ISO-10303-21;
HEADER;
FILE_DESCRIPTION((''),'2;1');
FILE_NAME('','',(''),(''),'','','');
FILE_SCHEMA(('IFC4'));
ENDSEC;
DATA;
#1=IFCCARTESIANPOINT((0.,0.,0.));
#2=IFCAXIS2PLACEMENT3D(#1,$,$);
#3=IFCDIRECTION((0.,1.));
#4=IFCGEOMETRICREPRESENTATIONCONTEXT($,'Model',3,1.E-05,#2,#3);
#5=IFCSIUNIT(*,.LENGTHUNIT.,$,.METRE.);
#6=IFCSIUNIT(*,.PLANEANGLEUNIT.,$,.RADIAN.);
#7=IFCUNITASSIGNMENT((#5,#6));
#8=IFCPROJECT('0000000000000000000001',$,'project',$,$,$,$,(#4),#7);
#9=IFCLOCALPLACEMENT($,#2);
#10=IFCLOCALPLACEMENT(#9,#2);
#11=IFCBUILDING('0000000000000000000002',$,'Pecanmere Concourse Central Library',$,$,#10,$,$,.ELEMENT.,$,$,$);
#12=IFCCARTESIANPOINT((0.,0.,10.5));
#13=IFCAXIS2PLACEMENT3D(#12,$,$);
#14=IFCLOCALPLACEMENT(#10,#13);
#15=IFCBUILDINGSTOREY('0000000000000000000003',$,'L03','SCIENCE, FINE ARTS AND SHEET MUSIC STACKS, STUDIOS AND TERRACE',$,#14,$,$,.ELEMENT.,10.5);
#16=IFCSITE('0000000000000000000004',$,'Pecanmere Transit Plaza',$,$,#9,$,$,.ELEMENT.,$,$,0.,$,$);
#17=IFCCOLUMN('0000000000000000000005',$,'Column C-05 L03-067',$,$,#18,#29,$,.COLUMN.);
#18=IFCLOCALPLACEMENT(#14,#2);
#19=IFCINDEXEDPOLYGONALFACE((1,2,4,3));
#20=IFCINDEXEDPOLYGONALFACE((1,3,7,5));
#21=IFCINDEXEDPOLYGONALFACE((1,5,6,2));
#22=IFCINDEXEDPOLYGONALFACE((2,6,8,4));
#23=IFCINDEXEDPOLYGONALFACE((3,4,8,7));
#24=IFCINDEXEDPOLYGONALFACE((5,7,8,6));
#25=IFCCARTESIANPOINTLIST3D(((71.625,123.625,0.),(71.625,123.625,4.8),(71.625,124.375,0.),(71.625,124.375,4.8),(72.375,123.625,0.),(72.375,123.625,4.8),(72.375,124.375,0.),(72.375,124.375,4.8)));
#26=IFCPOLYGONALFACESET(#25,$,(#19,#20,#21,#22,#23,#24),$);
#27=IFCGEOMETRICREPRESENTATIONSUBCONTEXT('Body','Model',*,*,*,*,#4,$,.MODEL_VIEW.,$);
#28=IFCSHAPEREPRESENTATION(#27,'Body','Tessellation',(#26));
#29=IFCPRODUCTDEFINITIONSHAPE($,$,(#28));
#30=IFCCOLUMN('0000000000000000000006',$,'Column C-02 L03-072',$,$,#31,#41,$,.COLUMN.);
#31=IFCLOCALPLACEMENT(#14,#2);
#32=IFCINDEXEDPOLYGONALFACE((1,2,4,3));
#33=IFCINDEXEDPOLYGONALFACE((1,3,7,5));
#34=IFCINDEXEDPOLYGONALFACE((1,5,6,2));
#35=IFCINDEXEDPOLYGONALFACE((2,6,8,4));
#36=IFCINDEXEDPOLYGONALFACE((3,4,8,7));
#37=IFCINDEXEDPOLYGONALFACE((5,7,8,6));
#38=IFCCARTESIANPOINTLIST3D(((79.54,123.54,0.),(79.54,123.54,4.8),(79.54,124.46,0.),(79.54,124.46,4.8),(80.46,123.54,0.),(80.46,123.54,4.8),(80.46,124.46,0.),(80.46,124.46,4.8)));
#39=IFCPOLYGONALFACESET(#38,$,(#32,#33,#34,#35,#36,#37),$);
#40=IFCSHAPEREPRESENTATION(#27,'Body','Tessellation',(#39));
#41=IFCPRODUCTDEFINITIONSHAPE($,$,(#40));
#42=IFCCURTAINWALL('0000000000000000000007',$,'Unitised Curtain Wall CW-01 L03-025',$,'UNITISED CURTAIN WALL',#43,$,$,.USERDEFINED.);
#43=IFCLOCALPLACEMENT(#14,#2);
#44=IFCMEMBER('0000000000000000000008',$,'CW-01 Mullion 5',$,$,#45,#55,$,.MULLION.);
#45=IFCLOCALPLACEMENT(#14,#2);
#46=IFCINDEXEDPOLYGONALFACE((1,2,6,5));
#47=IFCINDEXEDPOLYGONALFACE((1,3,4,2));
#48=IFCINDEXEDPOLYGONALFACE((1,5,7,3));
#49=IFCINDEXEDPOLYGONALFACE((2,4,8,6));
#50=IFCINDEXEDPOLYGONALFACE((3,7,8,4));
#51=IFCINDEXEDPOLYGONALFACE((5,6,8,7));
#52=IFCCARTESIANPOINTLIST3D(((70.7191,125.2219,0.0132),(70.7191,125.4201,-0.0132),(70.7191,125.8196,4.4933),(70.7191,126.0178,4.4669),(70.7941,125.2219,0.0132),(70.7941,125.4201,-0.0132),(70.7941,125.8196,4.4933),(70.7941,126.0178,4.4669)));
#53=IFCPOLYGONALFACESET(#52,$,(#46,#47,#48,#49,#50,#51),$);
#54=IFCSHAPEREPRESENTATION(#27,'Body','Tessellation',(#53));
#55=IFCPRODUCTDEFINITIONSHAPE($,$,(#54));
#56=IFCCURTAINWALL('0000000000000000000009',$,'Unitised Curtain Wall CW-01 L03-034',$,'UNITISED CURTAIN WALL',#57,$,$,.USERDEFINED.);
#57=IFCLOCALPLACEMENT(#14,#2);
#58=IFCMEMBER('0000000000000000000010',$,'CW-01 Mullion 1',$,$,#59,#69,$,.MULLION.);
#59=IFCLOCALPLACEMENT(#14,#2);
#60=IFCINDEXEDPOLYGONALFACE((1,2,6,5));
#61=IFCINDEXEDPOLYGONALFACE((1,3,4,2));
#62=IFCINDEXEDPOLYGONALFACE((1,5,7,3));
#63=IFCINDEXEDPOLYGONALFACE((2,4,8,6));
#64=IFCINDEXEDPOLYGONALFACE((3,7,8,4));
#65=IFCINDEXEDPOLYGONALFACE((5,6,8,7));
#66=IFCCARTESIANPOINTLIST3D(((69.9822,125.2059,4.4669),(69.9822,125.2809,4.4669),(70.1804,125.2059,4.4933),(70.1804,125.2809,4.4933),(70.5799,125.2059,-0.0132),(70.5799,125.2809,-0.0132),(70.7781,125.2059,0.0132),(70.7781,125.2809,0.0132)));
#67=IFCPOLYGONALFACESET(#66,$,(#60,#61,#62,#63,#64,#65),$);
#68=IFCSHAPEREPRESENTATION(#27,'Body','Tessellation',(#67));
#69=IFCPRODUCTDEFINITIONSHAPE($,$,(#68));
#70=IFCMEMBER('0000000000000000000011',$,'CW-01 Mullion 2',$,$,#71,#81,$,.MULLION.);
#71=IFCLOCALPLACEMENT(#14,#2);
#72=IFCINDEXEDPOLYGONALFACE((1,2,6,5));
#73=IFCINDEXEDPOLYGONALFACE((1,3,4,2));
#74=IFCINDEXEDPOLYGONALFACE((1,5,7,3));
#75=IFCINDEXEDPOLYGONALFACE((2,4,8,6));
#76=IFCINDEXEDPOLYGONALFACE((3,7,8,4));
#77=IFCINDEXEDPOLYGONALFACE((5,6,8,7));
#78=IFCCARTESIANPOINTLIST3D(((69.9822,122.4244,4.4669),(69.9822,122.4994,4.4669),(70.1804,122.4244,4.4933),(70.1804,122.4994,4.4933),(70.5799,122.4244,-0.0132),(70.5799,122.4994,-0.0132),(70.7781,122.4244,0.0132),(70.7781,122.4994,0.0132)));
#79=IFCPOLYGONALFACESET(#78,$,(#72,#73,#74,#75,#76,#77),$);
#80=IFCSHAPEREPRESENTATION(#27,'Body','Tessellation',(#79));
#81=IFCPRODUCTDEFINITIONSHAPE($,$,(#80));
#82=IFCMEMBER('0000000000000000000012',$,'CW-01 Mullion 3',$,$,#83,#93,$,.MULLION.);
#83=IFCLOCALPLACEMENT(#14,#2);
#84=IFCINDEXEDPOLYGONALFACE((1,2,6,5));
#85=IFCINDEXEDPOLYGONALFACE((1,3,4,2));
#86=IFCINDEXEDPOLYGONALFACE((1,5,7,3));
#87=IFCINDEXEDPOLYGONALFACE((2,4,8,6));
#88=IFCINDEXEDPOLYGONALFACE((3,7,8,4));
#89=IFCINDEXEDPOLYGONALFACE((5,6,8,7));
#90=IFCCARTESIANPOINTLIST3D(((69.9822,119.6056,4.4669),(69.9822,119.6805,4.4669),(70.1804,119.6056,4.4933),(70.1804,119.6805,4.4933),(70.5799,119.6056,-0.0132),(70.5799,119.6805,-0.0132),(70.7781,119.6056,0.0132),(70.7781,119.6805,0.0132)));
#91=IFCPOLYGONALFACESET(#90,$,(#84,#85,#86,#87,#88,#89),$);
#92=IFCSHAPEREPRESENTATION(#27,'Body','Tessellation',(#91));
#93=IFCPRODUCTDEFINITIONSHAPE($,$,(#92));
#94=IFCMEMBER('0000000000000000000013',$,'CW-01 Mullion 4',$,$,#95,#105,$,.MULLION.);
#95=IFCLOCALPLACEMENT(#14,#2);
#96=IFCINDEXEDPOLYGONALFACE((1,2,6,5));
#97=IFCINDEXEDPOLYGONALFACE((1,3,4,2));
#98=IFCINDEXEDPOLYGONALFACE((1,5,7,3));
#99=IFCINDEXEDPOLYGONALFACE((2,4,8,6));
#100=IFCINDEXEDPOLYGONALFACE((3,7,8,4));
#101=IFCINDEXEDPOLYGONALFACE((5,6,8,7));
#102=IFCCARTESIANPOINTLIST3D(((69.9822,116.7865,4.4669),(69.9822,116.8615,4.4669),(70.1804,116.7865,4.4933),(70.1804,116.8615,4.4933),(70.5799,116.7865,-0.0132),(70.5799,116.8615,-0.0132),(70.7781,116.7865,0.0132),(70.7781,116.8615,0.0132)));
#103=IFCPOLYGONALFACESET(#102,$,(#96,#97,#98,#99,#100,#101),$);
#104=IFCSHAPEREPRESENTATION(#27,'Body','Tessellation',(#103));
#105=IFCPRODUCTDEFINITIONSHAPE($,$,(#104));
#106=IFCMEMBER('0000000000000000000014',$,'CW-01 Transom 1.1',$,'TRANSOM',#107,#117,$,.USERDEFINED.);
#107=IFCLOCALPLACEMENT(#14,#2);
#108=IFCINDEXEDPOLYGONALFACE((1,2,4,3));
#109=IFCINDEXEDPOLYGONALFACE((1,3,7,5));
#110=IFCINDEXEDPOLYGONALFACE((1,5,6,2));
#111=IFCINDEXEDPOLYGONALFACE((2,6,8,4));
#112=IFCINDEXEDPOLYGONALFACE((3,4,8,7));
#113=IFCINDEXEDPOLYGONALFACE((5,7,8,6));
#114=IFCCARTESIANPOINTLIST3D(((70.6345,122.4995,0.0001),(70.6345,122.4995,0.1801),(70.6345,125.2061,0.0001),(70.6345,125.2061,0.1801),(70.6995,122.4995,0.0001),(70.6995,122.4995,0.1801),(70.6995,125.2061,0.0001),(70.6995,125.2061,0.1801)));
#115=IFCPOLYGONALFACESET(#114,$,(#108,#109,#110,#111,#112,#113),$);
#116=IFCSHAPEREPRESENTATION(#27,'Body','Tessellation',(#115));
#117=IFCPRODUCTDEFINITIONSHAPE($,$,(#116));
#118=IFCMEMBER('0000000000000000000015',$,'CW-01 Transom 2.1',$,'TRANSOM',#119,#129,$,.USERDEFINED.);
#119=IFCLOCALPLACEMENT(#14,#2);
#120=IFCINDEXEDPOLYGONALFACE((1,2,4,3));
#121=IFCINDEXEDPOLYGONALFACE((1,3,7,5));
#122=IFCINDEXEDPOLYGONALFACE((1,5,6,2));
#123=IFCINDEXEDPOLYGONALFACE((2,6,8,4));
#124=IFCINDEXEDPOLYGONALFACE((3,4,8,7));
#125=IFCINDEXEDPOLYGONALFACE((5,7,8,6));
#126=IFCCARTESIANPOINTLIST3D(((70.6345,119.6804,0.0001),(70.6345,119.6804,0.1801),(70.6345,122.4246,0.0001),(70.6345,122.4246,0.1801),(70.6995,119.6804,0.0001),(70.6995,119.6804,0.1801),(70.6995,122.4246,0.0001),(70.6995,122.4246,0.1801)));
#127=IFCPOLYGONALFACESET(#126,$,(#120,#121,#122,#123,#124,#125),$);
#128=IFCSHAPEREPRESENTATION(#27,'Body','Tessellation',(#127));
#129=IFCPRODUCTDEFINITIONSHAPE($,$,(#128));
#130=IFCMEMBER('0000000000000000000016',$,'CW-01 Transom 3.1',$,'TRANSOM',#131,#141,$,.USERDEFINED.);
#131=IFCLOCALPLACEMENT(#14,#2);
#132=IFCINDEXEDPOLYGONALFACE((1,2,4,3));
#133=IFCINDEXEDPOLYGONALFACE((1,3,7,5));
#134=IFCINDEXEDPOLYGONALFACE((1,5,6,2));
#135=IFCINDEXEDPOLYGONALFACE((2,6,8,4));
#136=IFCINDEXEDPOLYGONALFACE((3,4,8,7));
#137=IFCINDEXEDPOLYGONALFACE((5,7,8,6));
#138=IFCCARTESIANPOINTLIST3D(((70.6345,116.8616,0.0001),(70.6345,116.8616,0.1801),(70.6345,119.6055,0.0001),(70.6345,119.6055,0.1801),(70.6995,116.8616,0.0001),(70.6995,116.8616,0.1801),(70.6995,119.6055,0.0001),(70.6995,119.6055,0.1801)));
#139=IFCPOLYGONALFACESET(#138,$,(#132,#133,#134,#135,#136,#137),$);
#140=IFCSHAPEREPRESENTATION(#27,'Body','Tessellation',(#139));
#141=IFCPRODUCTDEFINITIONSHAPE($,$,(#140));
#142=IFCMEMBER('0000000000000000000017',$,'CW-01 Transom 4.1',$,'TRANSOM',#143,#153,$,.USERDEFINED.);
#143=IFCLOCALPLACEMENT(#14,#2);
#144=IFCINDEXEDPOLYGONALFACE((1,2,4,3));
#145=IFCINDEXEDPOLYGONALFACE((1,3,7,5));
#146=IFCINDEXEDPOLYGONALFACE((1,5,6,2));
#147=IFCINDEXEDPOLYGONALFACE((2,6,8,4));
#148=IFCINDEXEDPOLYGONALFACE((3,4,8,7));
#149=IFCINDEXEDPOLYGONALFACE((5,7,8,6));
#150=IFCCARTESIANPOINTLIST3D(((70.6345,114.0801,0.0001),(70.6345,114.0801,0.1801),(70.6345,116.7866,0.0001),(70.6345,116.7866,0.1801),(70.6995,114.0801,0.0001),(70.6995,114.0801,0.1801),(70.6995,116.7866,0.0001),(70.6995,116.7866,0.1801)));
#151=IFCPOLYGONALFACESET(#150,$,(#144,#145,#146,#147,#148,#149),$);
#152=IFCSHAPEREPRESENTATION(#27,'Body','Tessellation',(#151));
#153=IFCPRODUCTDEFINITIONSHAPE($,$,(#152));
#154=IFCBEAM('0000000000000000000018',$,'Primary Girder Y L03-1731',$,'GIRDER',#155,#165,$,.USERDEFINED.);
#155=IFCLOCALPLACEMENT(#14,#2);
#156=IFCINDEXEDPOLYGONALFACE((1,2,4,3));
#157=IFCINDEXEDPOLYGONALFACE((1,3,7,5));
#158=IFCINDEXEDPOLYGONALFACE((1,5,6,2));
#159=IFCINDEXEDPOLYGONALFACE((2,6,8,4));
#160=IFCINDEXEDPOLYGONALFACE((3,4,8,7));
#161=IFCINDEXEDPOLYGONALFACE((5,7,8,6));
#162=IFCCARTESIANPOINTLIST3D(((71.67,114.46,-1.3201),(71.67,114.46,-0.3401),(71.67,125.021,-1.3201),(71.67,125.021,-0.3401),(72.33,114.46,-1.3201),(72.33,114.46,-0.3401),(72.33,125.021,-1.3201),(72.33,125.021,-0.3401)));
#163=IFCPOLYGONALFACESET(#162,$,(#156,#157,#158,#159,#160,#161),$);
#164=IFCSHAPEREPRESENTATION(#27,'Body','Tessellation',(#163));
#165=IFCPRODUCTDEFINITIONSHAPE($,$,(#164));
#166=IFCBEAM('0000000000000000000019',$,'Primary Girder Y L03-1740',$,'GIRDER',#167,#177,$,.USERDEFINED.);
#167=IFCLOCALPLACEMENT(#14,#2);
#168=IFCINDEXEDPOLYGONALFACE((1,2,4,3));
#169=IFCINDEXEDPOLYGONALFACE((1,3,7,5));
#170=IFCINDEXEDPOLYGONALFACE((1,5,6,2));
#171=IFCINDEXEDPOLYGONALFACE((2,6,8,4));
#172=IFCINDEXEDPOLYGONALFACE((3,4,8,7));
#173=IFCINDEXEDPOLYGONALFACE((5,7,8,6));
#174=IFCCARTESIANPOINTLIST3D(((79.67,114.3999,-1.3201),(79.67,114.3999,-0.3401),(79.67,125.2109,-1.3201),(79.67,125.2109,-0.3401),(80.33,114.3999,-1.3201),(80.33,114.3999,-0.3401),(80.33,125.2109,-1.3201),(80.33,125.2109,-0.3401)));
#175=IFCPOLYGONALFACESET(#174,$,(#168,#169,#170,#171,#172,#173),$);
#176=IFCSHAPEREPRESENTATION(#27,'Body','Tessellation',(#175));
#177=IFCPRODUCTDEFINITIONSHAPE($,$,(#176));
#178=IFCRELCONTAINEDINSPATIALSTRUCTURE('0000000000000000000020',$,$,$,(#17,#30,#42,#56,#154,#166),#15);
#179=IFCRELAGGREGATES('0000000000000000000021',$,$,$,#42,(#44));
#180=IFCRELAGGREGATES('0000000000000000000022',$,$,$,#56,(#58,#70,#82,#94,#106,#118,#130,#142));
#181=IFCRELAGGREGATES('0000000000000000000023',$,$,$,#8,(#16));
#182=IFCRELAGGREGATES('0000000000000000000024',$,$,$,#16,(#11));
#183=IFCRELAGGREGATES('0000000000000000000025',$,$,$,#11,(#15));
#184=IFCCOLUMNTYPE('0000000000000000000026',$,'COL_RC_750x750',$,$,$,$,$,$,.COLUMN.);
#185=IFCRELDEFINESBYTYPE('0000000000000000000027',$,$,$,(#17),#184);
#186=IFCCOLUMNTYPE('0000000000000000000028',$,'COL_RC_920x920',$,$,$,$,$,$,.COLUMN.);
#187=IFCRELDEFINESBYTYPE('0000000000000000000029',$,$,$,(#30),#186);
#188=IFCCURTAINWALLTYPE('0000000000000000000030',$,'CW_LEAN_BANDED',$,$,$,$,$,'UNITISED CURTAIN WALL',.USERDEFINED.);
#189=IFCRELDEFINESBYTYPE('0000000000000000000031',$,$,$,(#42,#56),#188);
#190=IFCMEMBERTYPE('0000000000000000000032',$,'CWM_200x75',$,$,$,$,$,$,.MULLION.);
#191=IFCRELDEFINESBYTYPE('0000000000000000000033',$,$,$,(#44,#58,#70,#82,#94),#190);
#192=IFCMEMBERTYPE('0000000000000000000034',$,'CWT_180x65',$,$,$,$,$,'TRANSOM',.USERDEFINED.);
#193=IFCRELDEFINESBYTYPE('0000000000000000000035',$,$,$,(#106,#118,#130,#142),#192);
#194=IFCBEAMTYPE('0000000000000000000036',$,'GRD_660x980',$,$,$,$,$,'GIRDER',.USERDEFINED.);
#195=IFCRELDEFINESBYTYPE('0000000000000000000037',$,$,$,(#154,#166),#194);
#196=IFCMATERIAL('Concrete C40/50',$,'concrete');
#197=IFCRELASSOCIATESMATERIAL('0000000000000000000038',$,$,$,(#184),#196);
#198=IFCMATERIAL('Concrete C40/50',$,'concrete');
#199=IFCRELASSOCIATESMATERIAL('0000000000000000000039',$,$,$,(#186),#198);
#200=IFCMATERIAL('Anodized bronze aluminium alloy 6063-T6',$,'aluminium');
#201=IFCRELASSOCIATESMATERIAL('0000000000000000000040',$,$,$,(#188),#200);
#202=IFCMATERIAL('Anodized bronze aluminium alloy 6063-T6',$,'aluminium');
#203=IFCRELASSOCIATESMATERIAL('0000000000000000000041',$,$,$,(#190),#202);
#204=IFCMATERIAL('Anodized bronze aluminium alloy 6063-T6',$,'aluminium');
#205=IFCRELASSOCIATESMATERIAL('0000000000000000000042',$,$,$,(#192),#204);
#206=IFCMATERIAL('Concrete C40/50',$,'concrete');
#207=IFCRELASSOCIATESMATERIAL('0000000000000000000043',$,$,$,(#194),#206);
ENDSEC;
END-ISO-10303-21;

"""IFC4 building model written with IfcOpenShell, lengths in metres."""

from ifc_helpers import new_model, si_unit, direction, frame, origin, origin_2d, place, context, subcontext, project, spatial, rectangle, extrude, material, material_profile, profile_set, type_object, element, aggregate, save


model = new_model("IFC4")

# Units and contexts
model_context = context("Model", 3, precision=1e-05, world=origin(), true_north=direction((0.0, 1.0)))
body_context = subcontext(model_context, "Body", "Model", "MODEL_VIEW")
ifc_project = project(units=[si_unit("LENGTHUNIT", "METRE"), si_unit("PLANEANGLEUNIT", "RADIAN")], contexts=[model_context])

# Site, building, storey
site_placement = place(None, origin())
site = spatial("IfcSite", under=ifc_project, at=site_placement, Name="Pecanmere Transit Plaza", CompositionType="ELEMENT", RefElevation=0.0)
building_placement = place(site_placement, origin())
building = spatial("IfcBuilding", under=site, at=building_placement, Name="Pecanmere Concourse Central Library", CompositionType="ELEMENT")
storey_placement = place(building_placement, frame((0.0, 0.0, 10.5)))
storey = spatial("IfcBuildingStorey", under=building, at=storey_placement, Name="L03", Description="SCIENCE, FINE ARTS AND SHEET MUSIC STACKS, STUDIOS AND TERRACE", CompositionType="ELEMENT", Elevation=10.5)

# Columns
ifc_material_1 = material(Name="Concrete C40/50", Category="concrete")
ifc_material_profile_1 = material_profile(ifc_material_1, rectangle(XDim=0.75, YDim=0.75, at=origin_2d()), Name="RC 750x750")
ifc_profile_set_1 = profile_set([ifc_material_profile_1], Name="Concrete C40/50")
column_type_1 = type_object("IfcColumnType", Name="COL_RC_750x750", PredefinedType="COLUMN", material=ifc_profile_set_1)
column_1_placement = place(storey_placement, frame((72.0, 124.0, 0.0), z_axis=(0.0, 0.0, 1.0), x_axis=(1.0, 0.0, 0.0)))
element("IfcColumn", 1, at=column_1_placement, inside=storey, type_object=column_type_1, Name="Column C-05 L03-067", PredefinedType="COLUMN", context=body_context, shape_type="SweptSolid", body=[
    extrude(rectangle(XDim=0.75, YDim=0.75, at=origin_2d()), origin(), (0.0, 0.0, 1.0), 4.8),
])
ifc_material_2 = material(Name="Concrete C40/50", Category="concrete")
ifc_material_profile_2 = material_profile(ifc_material_2, rectangle(XDim=0.9199, YDim=0.9199, at=origin_2d()), Name="RC 920x920")
ifc_profile_set_2 = profile_set([ifc_material_profile_2], Name="Concrete C40/50")
column_type_2 = type_object("IfcColumnType", Name="COL_RC_920x920", PredefinedType="COLUMN", material=ifc_profile_set_2)
column_2_placement = place(storey_placement, frame((80.0, 124.0, 0.0), z_axis=(0.0, 0.0, 1.0), x_axis=(1.0, 0.0, 0.0)))
element("IfcColumn", 2, at=column_2_placement, inside=storey, type_object=column_type_2, Name="Column C-02 L03-072", PredefinedType="COLUMN", context=body_context, shape_type="SweptSolid", body=[
    extrude(rectangle(XDim=0.9199, YDim=0.9199, at=origin_2d()), origin(), (0.0, 0.0, 1.0), 4.8),
])

# Curtain wall, member
ifc_material_3 = material(Name="Anodized bronze aluminium alloy 6063-T6", Category="aluminium")
curtain_wall_type = type_object("IfcCurtainWallType", Name="CW_LEAN_BANDED", ElementType="UNITISED CURTAIN WALL", PredefinedType="USERDEFINED", material=ifc_material_3)
curtain_wall_1_placement = place(storey_placement, origin())
curtain_wall_1 = element("IfcCurtainWall", 3, at=curtain_wall_1_placement, inside=storey, type_object=curtain_wall_type, Name="Unitised Curtain Wall CW-01 L03-025", ObjectType="UNITISED CURTAIN WALL", PredefinedType="USERDEFINED")
ifc_material_4 = material(Name="Anodized bronze aluminium alloy 6063-T6", Category="aluminium")
ifc_material_profile_3 = material_profile(ifc_material_4, rectangle(XDim=0.075, YDim=0.2, at=origin_2d()), Name="AL 75x200")
ifc_profile_set_3 = profile_set([ifc_material_profile_3], Name="Anodized bronze aluminium alloy 6063-T6")
member_type_1 = type_object("IfcMemberType", Name="CWM_200x75", PredefinedType="MULLION", material=ifc_profile_set_3)
member_1_placement = place(storey_placement, frame((70.7566, 125.321, 0.0), z_axis=(0.0, 0.132234, 0.991218), x_axis=(-1.0, 0.0, 0.0)))
member_1 = element("IfcMember", 4, at=member_1_placement, type_object=member_type_1, Name="CW-01 Mullion 5", PredefinedType="MULLION", context=body_context, shape_type="SweptSolid", body=[
    extrude(rectangle(XDim=0.075, YDim=0.2, at=origin_2d()), origin(), (0.0, 0.0, 1.0), 4.5198),
])
aggregate(curtain_wall_1, [member_1])

# Curtain wall, members
curtain_wall_2_placement = place(storey_placement, origin())
curtain_wall_2 = element("IfcCurtainWall", 5, at=curtain_wall_2_placement, inside=storey, type_object=curtain_wall_type, Name="Unitised Curtain Wall CW-01 L03-034", ObjectType="UNITISED CURTAIN WALL", PredefinedType="USERDEFINED")
member_2_placement = place(storey_placement, frame((70.679, 125.2434, 0.0), z_axis=(-0.132234, 0.0, 0.991218), x_axis=(0.0, -1.0, 0.0)))
member_2 = element("IfcMember", 6, at=member_2_placement, type_object=member_type_1, Name="CW-01 Mullion 1", PredefinedType="MULLION", context=body_context, shape_type="SweptSolid", body=[
    extrude(rectangle(XDim=0.075, YDim=0.2, at=origin_2d()), origin(), (0.0, 0.0, 1.0), 4.5198),
])
member_3_placement = place(storey_placement, frame((70.679, 122.4619, 0.0), z_axis=(-0.132234, 0.0, 0.991218), x_axis=(0.0, -1.0, 0.0)))
member_3 = element("IfcMember", 7, at=member_3_placement, type_object=member_type_1, Name="CW-01 Mullion 2", PredefinedType="MULLION", context=body_context, shape_type="SweptSolid", body=[
    extrude(rectangle(XDim=0.075, YDim=0.2, at=origin_2d()), origin(), (0.0, 0.0, 1.0), 4.5198),
])
member_4_placement = place(storey_placement, frame((70.679, 119.6431, 0.0), z_axis=(-0.132234, 0.0, 0.991218), x_axis=(0.0, -1.0, 0.0)))
member_4 = element("IfcMember", 8, at=member_4_placement, type_object=member_type_1, Name="CW-01 Mullion 3", PredefinedType="MULLION", context=body_context, shape_type="SweptSolid", body=[
    extrude(rectangle(XDim=0.075, YDim=0.2, at=origin_2d()), origin(), (0.0, 0.0, 1.0), 4.5198),
])
member_5_placement = place(storey_placement, frame((70.679, 116.824, 0.0), z_axis=(-0.132234, 0.0, 0.991218), x_axis=(0.0, -1.0, 0.0)))
member_5 = element("IfcMember", 9, at=member_5_placement, type_object=member_type_1, Name="CW-01 Mullion 4", PredefinedType="MULLION", context=body_context, shape_type="SweptSolid", body=[
    extrude(rectangle(XDim=0.075, YDim=0.2, at=origin_2d()), origin(), (0.0, 0.0, 1.0), 4.5198),
])
ifc_material_5 = material(Name="Anodized bronze aluminium alloy 6063-T6", Category="aluminium")
ifc_material_profile_4 = material_profile(ifc_material_5, rectangle(XDim=0.0649, YDim=0.1799, at=origin_2d()), Name="AL 65x180")
ifc_profile_set_4 = profile_set([ifc_material_profile_4], Name="Anodized bronze aluminium alloy 6063-T6")
member_type_2 = type_object("IfcMemberType", Name="CWT_180x65", ElementType="TRANSOM", PredefinedType="USERDEFINED", material=ifc_profile_set_4)
member_6_placement = place(storey_placement, frame((70.667, 125.2061, 0.0901), z_axis=(0.0, -1.0, 0.0), x_axis=(1.0, 0.0, 0.0)))
member_6 = element("IfcMember", 10, at=member_6_placement, type_object=member_type_2, Name="CW-01 Transom 1.1", ObjectType="TRANSOM", PredefinedType="USERDEFINED", context=body_context, shape_type="SweptSolid", body=[
    extrude(rectangle(XDim=0.0649, YDim=0.1799, at=origin_2d()), origin(), (0.0, 0.0, 1.0), 2.7065),
])
member_7_placement = place(storey_placement, frame((70.667, 122.4246, 0.0901), z_axis=(0.0, -1.0, 0.0), x_axis=(1.0, 0.0, 0.0)))
member_7 = element("IfcMember", 11, at=member_7_placement, type_object=member_type_2, Name="CW-01 Transom 2.1", ObjectType="TRANSOM", PredefinedType="USERDEFINED", context=body_context, shape_type="SweptSolid", body=[
    extrude(rectangle(XDim=0.0649, YDim=0.1799, at=origin_2d()), origin(), (0.0, 0.0, 1.0), 2.7441),
])
member_8_placement = place(storey_placement, frame((70.667, 119.6055, 0.0901), z_axis=(0.0, -1.0, 0.0), x_axis=(1.0, 0.0, 0.0)))
member_8 = element("IfcMember", 12, at=member_8_placement, type_object=member_type_2, Name="CW-01 Transom 3.1", ObjectType="TRANSOM", PredefinedType="USERDEFINED", context=body_context, shape_type="SweptSolid", body=[
    extrude(rectangle(XDim=0.0649, YDim=0.1799, at=origin_2d()), origin(), (0.0, 0.0, 1.0), 2.7439),
])
member_9_placement = place(storey_placement, frame((70.667, 116.7866, 0.0901), z_axis=(0.0, -1.0, 0.0), x_axis=(1.0, 0.0, 0.0)))
member_9 = element("IfcMember", 13, at=member_9_placement, type_object=member_type_2, Name="CW-01 Transom 4.1", ObjectType="TRANSOM", PredefinedType="USERDEFINED", context=body_context, shape_type="SweptSolid", body=[
    extrude(rectangle(XDim=0.0649, YDim=0.1799, at=origin_2d()), origin(), (0.0, 0.0, 1.0), 2.7065),
])
aggregate(curtain_wall_2, [member_2, member_3, member_4, member_5, member_6, member_7, member_8, member_9])

# Beams
ifc_material_6 = material(Name="Concrete C40/50", Category="concrete")
ifc_material_profile_5 = material_profile(ifc_material_6, rectangle(XDim=0.6599, YDim=0.98, at=origin_2d()), Name="RC 660x980")
ifc_profile_set_5 = profile_set([ifc_material_profile_5], Name="Concrete C40/50")
beam_type_1 = type_object("IfcBeamType", Name="GRD_660x980", ElementType="GIRDER", PredefinedType="USERDEFINED", material=ifc_profile_set_5)
beam_1_placement = place(storey_placement, frame((72.0, 114.46, -0.8301), z_axis=(0.0, 1.0, 0.0), x_axis=(-1.0, 0.0, 0.0)))
element("IfcBeam", 14, at=beam_1_placement, inside=storey, type_object=beam_type_1, Name="Primary Girder Y L03-1731", ObjectType="GIRDER", PredefinedType="USERDEFINED", context=body_context, shape_type="SweptSolid", body=[
    extrude(rectangle(XDim=0.6599, YDim=0.98, at=origin_2d()), origin(), (0.0, 0.0, 1.0), 10.561),
])
beam_2_placement = place(storey_placement, frame((80.0, 114.3999, -0.8301), z_axis=(0.0, 1.0, 0.0), x_axis=(-1.0, 0.0, 0.0)))
element("IfcBeam", 15, at=beam_2_placement, inside=storey, type_object=beam_type_1, Name="Primary Girder Y L03-1740", ObjectType="GIRDER", PredefinedType="USERDEFINED", context=body_context, shape_type="SweptSolid", body=[
    extrude(rectangle(XDim=0.6599, YDim=0.98, at=origin_2d()), origin(), (0.0, 0.0, 1.0), 10.811),
])

save(model, "model.ifc")
